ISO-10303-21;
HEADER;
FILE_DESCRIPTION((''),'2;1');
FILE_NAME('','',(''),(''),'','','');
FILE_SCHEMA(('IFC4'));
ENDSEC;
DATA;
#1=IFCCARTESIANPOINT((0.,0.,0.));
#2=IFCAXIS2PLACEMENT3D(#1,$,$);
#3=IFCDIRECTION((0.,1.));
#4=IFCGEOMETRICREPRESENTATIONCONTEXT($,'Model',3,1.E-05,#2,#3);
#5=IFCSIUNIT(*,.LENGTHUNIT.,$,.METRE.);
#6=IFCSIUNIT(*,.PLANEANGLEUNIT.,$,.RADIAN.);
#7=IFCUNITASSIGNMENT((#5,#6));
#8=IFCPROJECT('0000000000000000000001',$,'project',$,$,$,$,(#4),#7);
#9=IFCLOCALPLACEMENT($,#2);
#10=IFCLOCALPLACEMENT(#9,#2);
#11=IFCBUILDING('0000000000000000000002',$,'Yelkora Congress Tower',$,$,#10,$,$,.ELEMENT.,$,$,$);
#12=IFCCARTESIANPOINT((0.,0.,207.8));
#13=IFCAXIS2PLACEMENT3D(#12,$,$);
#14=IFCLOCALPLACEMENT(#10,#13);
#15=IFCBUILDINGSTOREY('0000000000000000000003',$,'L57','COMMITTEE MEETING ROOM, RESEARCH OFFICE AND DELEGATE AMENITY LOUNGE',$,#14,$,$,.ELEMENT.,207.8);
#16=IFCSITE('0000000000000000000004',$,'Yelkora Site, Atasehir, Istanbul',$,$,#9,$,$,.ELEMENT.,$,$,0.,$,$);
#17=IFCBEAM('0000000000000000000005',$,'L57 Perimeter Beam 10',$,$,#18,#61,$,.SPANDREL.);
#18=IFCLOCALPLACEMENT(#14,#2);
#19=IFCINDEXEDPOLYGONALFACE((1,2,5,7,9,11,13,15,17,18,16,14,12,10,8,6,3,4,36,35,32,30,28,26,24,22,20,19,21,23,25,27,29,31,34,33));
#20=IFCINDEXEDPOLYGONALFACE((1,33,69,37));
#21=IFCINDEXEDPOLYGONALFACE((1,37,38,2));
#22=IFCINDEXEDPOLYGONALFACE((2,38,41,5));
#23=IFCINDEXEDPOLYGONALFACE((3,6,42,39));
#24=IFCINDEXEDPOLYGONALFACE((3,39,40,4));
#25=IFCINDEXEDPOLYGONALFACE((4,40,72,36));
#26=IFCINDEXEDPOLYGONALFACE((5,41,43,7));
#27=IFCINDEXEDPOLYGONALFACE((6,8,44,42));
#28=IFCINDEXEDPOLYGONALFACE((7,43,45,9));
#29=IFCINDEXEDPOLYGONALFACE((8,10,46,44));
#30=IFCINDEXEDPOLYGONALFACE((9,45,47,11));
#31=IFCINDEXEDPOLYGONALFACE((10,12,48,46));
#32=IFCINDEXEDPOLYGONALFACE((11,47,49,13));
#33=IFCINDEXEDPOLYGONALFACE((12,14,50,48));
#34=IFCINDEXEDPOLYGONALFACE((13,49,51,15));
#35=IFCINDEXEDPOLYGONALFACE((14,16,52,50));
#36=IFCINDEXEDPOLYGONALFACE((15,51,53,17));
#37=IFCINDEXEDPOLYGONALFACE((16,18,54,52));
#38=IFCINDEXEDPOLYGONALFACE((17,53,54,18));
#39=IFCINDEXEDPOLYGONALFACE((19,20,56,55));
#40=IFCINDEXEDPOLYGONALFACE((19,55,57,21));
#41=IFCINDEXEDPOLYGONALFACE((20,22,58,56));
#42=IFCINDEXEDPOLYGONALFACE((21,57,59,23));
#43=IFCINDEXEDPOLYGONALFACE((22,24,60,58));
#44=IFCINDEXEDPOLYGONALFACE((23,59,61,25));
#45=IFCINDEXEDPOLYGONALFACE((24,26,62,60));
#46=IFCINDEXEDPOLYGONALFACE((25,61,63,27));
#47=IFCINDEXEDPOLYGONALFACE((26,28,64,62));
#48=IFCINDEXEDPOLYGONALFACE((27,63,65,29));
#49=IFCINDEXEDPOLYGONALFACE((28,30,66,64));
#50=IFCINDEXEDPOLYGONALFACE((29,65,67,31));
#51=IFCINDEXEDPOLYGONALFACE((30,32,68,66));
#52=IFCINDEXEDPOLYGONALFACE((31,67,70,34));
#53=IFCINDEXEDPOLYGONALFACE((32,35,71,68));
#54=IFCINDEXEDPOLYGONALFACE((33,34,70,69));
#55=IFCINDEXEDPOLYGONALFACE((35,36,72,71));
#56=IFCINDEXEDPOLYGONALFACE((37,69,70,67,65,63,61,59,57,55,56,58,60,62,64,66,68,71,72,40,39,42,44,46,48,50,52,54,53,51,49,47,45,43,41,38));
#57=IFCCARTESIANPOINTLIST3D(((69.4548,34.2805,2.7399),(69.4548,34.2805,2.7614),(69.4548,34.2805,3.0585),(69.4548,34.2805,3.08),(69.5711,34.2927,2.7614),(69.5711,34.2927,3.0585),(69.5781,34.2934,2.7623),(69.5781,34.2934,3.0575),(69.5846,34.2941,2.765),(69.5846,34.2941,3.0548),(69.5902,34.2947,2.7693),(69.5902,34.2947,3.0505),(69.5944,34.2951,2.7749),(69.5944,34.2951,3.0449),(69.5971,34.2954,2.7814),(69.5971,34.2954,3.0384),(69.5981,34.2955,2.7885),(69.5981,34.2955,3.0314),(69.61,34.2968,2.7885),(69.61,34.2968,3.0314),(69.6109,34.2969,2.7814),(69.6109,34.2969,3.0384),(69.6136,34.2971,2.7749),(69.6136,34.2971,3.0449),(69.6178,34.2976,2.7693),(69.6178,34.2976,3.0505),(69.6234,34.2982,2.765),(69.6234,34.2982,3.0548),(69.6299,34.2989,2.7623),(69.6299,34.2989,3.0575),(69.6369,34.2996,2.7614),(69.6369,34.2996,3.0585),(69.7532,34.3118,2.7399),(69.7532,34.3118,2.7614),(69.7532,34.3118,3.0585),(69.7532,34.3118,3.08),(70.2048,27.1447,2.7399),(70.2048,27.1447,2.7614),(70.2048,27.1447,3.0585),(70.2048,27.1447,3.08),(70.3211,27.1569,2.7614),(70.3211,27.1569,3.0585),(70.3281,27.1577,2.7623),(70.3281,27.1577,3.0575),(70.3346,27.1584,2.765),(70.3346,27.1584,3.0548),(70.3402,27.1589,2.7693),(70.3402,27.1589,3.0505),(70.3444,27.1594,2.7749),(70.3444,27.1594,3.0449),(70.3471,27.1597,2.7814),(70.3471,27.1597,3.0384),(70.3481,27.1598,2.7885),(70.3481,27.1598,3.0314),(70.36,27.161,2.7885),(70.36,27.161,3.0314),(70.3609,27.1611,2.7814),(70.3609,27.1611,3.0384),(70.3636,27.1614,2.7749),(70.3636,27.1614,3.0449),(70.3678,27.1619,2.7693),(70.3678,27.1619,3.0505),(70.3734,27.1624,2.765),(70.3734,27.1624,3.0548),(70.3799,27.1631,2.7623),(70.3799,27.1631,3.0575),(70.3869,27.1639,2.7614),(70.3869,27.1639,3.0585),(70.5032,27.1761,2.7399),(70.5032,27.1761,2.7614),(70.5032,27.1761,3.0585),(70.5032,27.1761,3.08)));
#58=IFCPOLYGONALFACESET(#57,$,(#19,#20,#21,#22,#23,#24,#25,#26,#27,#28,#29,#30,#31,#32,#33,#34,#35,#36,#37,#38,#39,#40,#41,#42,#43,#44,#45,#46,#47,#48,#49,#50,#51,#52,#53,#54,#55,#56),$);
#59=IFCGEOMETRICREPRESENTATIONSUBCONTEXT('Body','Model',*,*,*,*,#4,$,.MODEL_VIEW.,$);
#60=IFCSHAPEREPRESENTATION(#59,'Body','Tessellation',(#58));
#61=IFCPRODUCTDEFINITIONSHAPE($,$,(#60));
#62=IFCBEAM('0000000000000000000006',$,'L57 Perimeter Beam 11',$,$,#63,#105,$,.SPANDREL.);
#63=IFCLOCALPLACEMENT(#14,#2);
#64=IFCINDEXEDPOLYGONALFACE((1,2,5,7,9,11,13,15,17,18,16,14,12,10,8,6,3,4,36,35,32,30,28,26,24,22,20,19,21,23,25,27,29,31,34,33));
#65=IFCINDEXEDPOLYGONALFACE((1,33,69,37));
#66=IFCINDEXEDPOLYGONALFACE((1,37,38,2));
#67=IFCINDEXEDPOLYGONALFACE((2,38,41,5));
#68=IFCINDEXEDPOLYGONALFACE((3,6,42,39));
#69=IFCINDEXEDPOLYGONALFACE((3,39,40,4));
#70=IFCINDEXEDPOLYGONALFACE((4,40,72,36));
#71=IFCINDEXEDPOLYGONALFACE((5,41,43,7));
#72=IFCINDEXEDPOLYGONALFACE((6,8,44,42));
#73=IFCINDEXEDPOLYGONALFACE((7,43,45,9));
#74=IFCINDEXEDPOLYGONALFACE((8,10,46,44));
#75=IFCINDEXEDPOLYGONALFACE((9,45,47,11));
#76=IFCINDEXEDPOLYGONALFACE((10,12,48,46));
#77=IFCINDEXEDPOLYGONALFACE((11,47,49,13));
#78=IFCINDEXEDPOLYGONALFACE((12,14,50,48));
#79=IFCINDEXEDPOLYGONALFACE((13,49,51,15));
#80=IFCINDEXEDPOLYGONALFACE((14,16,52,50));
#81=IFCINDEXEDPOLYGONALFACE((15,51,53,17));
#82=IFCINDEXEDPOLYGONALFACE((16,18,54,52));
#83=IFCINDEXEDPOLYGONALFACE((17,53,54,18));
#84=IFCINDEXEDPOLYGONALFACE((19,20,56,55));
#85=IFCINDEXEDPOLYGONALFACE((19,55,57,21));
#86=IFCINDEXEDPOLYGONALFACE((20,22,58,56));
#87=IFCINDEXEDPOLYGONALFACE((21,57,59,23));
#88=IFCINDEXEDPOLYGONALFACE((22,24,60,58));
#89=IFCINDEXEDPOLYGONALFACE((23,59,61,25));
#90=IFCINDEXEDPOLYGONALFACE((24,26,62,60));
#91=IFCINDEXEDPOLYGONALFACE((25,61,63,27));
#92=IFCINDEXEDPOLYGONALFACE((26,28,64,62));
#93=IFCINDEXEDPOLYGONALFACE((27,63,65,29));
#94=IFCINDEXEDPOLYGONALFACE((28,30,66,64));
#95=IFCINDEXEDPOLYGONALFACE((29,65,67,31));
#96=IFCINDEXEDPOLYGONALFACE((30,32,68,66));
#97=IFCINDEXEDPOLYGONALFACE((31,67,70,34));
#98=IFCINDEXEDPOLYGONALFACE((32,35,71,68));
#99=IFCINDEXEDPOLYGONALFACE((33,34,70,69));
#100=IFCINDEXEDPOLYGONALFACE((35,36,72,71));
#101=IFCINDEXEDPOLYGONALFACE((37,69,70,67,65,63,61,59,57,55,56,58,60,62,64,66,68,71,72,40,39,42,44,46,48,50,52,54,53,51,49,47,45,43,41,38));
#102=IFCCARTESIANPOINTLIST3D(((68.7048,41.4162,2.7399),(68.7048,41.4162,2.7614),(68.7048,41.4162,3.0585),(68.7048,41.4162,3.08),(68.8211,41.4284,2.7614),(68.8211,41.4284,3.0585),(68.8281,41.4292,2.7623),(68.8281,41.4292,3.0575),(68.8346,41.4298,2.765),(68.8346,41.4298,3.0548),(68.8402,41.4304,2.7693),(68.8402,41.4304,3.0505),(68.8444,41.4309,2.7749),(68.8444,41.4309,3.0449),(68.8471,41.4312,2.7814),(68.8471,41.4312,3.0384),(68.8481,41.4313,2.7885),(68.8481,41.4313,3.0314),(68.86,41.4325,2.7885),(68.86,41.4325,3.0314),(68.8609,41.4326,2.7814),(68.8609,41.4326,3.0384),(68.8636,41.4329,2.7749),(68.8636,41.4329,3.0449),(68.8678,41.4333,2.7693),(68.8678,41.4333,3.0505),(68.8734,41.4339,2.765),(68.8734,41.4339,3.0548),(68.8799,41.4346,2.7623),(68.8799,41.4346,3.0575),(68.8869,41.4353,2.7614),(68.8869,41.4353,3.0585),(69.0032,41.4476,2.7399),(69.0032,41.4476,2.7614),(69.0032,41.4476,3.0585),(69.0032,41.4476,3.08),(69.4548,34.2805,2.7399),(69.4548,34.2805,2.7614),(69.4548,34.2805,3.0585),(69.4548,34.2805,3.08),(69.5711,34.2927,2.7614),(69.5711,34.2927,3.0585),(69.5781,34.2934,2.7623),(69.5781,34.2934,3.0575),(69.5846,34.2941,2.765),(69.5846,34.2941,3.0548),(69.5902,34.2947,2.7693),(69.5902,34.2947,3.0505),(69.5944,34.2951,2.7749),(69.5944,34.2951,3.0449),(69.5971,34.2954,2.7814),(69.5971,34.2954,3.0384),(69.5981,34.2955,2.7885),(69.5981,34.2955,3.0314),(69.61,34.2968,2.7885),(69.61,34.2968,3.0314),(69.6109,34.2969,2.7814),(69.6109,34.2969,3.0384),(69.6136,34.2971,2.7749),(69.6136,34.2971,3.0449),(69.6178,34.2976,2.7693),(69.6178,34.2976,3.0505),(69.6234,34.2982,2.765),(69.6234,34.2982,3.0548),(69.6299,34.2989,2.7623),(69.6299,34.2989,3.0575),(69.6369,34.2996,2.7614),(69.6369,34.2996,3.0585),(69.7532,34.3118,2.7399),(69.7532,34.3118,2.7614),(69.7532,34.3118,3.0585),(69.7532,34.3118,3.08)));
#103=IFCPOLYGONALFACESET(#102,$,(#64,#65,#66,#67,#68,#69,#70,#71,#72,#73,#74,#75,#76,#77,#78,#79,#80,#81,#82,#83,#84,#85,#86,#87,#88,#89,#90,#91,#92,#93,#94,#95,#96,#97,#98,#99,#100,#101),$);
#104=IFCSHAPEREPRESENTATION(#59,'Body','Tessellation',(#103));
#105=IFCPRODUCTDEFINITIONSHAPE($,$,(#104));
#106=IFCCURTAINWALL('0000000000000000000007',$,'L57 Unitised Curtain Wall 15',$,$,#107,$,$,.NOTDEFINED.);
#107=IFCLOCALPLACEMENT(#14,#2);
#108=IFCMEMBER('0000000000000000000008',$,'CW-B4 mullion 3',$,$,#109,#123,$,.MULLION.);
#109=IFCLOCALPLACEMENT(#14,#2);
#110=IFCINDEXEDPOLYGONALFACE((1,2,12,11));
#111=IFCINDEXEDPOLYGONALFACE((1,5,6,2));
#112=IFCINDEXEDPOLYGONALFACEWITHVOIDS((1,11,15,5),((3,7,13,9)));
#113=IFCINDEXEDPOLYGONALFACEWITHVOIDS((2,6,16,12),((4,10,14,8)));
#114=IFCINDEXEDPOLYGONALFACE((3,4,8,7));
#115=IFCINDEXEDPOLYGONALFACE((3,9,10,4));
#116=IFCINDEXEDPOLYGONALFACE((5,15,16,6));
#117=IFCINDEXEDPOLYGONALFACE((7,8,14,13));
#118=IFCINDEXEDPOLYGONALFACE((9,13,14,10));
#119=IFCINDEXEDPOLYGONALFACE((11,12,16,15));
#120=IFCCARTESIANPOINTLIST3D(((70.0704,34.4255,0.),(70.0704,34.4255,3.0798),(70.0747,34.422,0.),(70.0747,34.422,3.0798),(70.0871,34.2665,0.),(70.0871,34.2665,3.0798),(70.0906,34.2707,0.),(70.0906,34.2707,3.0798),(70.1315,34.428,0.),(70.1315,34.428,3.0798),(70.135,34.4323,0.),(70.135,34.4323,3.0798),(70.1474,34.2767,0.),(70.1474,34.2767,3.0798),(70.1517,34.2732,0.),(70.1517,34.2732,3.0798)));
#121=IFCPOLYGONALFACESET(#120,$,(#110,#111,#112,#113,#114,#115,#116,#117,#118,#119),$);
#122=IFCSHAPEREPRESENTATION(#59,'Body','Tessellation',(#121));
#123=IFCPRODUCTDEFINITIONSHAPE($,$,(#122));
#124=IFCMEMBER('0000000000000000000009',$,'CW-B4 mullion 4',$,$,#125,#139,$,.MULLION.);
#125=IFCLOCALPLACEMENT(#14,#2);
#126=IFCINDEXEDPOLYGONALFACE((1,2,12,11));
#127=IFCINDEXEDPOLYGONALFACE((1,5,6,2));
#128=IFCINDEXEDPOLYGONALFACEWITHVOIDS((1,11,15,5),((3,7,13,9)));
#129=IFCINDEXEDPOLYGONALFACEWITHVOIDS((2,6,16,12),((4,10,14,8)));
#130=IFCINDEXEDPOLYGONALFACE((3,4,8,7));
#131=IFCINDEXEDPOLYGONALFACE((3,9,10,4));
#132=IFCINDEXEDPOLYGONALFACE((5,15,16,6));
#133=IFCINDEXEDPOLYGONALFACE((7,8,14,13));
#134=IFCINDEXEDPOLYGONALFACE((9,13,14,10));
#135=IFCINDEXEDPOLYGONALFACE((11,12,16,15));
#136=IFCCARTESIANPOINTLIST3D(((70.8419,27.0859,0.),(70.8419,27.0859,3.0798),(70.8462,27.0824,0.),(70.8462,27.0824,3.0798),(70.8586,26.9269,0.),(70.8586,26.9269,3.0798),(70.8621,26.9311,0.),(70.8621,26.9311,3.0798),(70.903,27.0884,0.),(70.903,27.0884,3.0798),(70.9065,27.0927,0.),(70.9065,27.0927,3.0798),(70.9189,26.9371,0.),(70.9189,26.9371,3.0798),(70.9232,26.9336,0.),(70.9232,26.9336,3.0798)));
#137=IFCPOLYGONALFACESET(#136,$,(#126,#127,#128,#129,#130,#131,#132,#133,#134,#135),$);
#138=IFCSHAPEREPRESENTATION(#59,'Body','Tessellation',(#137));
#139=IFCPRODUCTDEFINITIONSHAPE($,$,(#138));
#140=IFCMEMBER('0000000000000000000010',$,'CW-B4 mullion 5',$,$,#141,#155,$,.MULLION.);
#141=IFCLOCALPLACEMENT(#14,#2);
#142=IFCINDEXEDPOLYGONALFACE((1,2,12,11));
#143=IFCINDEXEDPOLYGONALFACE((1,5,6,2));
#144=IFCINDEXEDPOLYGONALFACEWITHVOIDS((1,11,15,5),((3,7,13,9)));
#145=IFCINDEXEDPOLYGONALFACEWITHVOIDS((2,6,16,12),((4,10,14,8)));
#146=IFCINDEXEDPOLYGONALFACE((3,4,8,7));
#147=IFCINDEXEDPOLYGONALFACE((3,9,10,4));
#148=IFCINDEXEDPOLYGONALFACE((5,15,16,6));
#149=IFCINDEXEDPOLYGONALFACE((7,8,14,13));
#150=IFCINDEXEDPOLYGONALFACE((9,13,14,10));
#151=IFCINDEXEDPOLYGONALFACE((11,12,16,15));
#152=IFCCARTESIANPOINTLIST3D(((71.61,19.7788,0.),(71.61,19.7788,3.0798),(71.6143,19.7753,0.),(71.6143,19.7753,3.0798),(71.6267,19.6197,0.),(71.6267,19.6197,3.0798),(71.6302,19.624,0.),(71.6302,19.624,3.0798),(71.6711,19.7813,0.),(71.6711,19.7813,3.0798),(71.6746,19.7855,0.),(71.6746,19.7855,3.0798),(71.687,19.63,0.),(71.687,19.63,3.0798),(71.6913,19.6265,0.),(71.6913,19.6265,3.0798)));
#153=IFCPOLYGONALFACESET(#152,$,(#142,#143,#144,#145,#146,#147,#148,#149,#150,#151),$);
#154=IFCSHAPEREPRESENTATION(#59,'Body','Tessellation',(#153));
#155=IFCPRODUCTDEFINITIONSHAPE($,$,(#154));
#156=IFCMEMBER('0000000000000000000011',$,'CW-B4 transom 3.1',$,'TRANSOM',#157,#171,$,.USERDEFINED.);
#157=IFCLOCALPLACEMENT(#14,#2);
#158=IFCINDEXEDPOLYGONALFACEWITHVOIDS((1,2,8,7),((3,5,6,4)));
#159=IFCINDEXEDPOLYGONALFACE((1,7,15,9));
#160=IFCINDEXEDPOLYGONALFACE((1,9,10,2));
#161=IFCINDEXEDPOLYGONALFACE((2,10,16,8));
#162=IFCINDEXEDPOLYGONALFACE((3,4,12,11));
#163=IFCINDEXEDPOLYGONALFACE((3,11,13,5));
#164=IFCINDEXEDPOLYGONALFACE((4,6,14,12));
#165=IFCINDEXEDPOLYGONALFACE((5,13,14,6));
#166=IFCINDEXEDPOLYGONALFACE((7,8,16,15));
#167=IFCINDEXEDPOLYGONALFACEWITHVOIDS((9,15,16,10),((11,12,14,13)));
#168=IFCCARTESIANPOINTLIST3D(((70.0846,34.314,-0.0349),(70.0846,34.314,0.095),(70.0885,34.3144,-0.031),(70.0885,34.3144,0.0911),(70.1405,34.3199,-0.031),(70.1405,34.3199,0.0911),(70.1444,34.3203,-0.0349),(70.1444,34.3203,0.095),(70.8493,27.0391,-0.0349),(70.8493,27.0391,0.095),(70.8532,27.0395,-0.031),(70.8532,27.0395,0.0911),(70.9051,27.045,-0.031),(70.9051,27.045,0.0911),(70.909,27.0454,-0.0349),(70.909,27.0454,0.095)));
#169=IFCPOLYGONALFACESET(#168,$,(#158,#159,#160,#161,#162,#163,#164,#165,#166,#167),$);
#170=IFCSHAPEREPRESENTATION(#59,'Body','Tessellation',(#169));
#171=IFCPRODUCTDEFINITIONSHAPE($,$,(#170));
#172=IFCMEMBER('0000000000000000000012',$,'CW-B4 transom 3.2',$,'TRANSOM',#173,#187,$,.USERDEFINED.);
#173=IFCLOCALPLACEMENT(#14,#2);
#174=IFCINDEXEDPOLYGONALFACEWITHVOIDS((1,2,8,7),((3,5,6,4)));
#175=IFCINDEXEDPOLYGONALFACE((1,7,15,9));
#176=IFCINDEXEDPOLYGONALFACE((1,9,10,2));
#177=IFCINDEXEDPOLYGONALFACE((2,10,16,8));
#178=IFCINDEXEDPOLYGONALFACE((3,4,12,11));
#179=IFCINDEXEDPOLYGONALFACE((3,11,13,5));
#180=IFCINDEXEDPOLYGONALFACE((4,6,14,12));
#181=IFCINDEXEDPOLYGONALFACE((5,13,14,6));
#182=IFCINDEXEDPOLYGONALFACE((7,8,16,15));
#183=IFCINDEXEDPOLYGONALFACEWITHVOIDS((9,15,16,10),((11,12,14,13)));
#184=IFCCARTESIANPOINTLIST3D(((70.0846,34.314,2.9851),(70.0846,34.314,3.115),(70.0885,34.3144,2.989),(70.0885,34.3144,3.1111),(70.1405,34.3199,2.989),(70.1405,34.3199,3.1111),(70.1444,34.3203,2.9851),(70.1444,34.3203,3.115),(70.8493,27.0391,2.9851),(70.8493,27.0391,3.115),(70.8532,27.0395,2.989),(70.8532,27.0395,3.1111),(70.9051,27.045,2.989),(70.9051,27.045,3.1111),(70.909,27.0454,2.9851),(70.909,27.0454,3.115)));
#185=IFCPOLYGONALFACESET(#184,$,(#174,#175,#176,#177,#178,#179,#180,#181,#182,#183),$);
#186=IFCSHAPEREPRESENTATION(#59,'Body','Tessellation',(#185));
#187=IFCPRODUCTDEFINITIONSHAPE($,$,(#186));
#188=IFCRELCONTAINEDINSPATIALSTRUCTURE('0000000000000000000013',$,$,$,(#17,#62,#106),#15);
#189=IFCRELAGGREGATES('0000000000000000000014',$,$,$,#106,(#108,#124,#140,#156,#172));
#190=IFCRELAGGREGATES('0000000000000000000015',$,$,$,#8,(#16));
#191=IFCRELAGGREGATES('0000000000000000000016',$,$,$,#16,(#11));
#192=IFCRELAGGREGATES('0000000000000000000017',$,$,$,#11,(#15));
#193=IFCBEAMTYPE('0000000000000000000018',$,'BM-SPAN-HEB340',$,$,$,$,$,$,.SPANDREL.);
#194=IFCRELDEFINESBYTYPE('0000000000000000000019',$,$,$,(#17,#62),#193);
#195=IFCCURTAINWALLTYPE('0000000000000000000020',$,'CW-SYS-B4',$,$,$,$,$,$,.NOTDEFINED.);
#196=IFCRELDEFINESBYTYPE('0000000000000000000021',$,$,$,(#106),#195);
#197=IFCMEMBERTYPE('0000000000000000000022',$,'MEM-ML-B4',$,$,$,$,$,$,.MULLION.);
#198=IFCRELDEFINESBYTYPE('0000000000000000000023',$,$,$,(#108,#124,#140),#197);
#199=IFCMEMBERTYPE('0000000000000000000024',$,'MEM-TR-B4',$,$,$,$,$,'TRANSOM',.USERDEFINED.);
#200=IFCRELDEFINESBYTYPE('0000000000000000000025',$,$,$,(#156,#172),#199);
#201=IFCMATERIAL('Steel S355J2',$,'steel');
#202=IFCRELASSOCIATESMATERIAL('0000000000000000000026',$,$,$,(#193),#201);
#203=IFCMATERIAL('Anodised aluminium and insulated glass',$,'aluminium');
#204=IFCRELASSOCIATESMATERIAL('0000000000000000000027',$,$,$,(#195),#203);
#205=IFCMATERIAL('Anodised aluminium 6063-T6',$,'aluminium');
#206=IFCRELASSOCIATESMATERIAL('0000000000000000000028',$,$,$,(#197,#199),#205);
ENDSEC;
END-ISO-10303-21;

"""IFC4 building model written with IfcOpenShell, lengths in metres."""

from ifc_helpers import new_model, si_unit, direction, frame, origin, origin_2d, place, context, subcontext, project, spatial, hollow_rectangle, i_section, extrude, material, material_profile, profile_set, type_object, element, aggregate, save


model = new_model("IFC4")

# Units and contexts
model_context = context("Model", 3, precision=1e-05, world=origin(), true_north=direction((0.0, 1.0)))
body_context = subcontext(model_context, "Body", "Model", "MODEL_VIEW")
ifc_project = project(units=[si_unit("LENGTHUNIT", "METRE"), si_unit("PLANEANGLEUNIT", "RADIAN")], contexts=[model_context])

# Site, building, storey
site_placement = place(None, origin())
site = spatial("IfcSite", under=ifc_project, at=site_placement, Name="Yelkora Site, Atasehir, Istanbul", CompositionType="ELEMENT", RefElevation=0.0)
building_placement = place(site_placement, origin())
building = spatial("IfcBuilding", under=site, at=building_placement, Name="Yelkora Congress Tower", CompositionType="ELEMENT")
storey_placement = place(building_placement, frame((0.0, 0.0, 207.8)))
storey = spatial("IfcBuildingStorey", under=building, at=storey_placement, Name="L57", Description="COMMITTEE MEETING ROOM, RESEARCH OFFICE AND DELEGATE AMENITY LOUNGE", CompositionType="ELEMENT", Elevation=207.8)

# Shared definitions
ifc_material_1 = material(Name="Steel S355J2", Category="steel")

# Beams
ifc_material_profile_1 = material_profile(ifc_material_1, i_section(OverallWidth=0.3, OverallDepth=0.3401, WebThickness=0.012, FlangeThickness=0.0215, FilletRadius=0.0271, at=origin_2d()), Name="HEB 340")
ifc_profile_set_1 = profile_set([ifc_material_profile_1], Name="Steel S355J2")
beam_type_1 = type_object("IfcBeamType", Name="BM-SPAN-HEB340", PredefinedType="SPANDREL", material=ifc_profile_set_1)
for number, where, z_axis, x_axis, name in (
    (1, (70.354, 27.1604, 2.9099), (-0.104529, 0.994522, 0.0), (-0.994522, -0.104529, 0.0), "L57 Perimeter Beam 10"),
    (2, (69.604, 34.2961, 2.9099), (-0.104529, 0.994522, 0.0), (-0.994522, -0.104529, 0.0), "L57 Perimeter Beam 11"),
):
    element("IfcBeam", number, at=place(storey_placement, frame(where, z_axis=z_axis, x_axis=x_axis)), inside=storey, type_object=beam_type_1, Name=name, PredefinedType="SPANDREL", context=body_context, shape_type="SweptSolid", body=[
        extrude(i_section(OverallWidth=0.3, OverallDepth=0.3401, WebThickness=0.012, FlangeThickness=0.0215, FilletRadius=0.0271, at=origin_2d()), origin(), (0.0, 0.0, 1.0), 7.175),
    ])

# Curtain wall, members
ifc_material_2 = material(Name="Anodised aluminium and insulated glass", Category="aluminium")
curtain_wall_type = type_object("IfcCurtainWallType", Name="CW-SYS-B4", PredefinedType="NOTDEFINED", material=ifc_material_2)
curtain_wall_placement = place(storey_placement, origin())
curtain_wall = element("IfcCurtainWall", 3, at=curtain_wall_placement, inside=storey, type_object=curtain_wall_type, Name="L57 Unitised Curtain Wall 15", PredefinedType="NOTDEFINED")
ifc_material_3 = material(Name="Anodised aluminium 6063-T6", Category="aluminium")
ifc_material_profile_2 = material_profile(ifc_material_3, hollow_rectangle(XDim=0.0649, YDim=0.1599, WallThickness=0.0039, at=origin_2d()), Name="ALU 65x160x4")
ifc_profile_set_2 = profile_set([ifc_material_profile_2], Name="Anodised aluminium 6063-T6")
member_type_1 = type_object("IfcMemberType", Name="MEM-ML-B4", PredefinedType="MULLION", material=ifc_profile_set_2)
member_1_placement = place(storey_placement, frame((70.1111, 34.3494, 0.0), z_axis=(0.0, 0.0, 1.0), x_axis=(0.994522, 0.104526, 0.0)))
member_1 = element("IfcMember", 4, at=member_1_placement, type_object=member_type_1, Name="CW-B4 mullion 3", PredefinedType="MULLION", context=body_context, shape_type="SweptSolid", body=[
    extrude(hollow_rectangle(XDim=0.0649, YDim=0.1599, WallThickness=0.0039, at=origin_2d()), origin(), (0.0, 0.0, 1.0), 3.0798),
])
member_2_placement = place(storey_placement, frame((70.8826, 27.0098, 0.0), z_axis=(0.0, 0.0, 1.0), x_axis=(0.994522, 0.104526, 0.0)))
member_2 = element("IfcMember", 5, at=member_2_placement, type_object=member_type_1, Name="CW-B4 mullion 4", PredefinedType="MULLION", context=body_context, shape_type="SweptSolid", body=[
    extrude(hollow_rectangle(XDim=0.0649, YDim=0.1599, WallThickness=0.0039, at=origin_2d()), origin(), (0.0, 0.0, 1.0), 3.0798),
])
member_3_placement = place(storey_placement, frame((71.6506, 19.7026, 0.0), z_axis=(0.0, 0.0, 1.0), x_axis=(0.994522, 0.104526, 0.0)))
member_3 = element("IfcMember", 6, at=member_3_placement, type_object=member_type_1, Name="CW-B4 mullion 5", PredefinedType="MULLION", context=body_context, shape_type="SweptSolid", body=[
    extrude(hollow_rectangle(XDim=0.0649, YDim=0.1599, WallThickness=0.0039, at=origin_2d()), origin(), (0.0, 0.0, 1.0), 3.0798),
])
ifc_material_profile_3 = material_profile(ifc_material_3, hollow_rectangle(XDim=0.0601, YDim=0.1299, WallThickness=0.0039, at=origin_2d()), Name="ALU 60x130x4")
ifc_profile_set_3 = profile_set([ifc_material_profile_3], Name="Anodised aluminium 6063-T6")
member_type_2 = type_object("IfcMemberType", Name="MEM-TR-B4", ElementType="TRANSOM", PredefinedType="USERDEFINED", material=ifc_profile_set_3)
member_4_placement = place(storey_placement, frame((70.1145, 34.3171, 0.03), z_axis=(0.104532, -0.994522, 0.0), x_axis=(0.994522, 0.104532, 0.0)))
member_4 = element("IfcMember", 7, at=member_4_placement, type_object=member_type_2, Name="CW-B4 transom 3.1", ObjectType="TRANSOM", PredefinedType="USERDEFINED", context=body_context, shape_type="SweptSolid", body=[
    extrude(hollow_rectangle(XDim=0.0601, YDim=0.1299, WallThickness=0.0039, at=origin_2d()), origin(), (0.0, 0.0, 1.0), 7.3149),
])
member_5_placement = place(storey_placement, frame((70.1145, 34.3171, 3.05), z_axis=(0.104532, -0.994522, 0.0), x_axis=(0.994522, 0.104532, 0.0)))
member_5 = element("IfcMember", 8, at=member_5_placement, type_object=member_type_2, Name="CW-B4 transom 3.2", ObjectType="TRANSOM", PredefinedType="USERDEFINED", context=body_context, shape_type="SweptSolid", body=[
    extrude(hollow_rectangle(XDim=0.0601, YDim=0.1299, WallThickness=0.0039, at=origin_2d()), origin(), (0.0, 0.0, 1.0), 7.3149),
])
aggregate(curtain_wall, [member_1, member_2, member_3, member_4, member_5])

save(model, "model.ifc")
